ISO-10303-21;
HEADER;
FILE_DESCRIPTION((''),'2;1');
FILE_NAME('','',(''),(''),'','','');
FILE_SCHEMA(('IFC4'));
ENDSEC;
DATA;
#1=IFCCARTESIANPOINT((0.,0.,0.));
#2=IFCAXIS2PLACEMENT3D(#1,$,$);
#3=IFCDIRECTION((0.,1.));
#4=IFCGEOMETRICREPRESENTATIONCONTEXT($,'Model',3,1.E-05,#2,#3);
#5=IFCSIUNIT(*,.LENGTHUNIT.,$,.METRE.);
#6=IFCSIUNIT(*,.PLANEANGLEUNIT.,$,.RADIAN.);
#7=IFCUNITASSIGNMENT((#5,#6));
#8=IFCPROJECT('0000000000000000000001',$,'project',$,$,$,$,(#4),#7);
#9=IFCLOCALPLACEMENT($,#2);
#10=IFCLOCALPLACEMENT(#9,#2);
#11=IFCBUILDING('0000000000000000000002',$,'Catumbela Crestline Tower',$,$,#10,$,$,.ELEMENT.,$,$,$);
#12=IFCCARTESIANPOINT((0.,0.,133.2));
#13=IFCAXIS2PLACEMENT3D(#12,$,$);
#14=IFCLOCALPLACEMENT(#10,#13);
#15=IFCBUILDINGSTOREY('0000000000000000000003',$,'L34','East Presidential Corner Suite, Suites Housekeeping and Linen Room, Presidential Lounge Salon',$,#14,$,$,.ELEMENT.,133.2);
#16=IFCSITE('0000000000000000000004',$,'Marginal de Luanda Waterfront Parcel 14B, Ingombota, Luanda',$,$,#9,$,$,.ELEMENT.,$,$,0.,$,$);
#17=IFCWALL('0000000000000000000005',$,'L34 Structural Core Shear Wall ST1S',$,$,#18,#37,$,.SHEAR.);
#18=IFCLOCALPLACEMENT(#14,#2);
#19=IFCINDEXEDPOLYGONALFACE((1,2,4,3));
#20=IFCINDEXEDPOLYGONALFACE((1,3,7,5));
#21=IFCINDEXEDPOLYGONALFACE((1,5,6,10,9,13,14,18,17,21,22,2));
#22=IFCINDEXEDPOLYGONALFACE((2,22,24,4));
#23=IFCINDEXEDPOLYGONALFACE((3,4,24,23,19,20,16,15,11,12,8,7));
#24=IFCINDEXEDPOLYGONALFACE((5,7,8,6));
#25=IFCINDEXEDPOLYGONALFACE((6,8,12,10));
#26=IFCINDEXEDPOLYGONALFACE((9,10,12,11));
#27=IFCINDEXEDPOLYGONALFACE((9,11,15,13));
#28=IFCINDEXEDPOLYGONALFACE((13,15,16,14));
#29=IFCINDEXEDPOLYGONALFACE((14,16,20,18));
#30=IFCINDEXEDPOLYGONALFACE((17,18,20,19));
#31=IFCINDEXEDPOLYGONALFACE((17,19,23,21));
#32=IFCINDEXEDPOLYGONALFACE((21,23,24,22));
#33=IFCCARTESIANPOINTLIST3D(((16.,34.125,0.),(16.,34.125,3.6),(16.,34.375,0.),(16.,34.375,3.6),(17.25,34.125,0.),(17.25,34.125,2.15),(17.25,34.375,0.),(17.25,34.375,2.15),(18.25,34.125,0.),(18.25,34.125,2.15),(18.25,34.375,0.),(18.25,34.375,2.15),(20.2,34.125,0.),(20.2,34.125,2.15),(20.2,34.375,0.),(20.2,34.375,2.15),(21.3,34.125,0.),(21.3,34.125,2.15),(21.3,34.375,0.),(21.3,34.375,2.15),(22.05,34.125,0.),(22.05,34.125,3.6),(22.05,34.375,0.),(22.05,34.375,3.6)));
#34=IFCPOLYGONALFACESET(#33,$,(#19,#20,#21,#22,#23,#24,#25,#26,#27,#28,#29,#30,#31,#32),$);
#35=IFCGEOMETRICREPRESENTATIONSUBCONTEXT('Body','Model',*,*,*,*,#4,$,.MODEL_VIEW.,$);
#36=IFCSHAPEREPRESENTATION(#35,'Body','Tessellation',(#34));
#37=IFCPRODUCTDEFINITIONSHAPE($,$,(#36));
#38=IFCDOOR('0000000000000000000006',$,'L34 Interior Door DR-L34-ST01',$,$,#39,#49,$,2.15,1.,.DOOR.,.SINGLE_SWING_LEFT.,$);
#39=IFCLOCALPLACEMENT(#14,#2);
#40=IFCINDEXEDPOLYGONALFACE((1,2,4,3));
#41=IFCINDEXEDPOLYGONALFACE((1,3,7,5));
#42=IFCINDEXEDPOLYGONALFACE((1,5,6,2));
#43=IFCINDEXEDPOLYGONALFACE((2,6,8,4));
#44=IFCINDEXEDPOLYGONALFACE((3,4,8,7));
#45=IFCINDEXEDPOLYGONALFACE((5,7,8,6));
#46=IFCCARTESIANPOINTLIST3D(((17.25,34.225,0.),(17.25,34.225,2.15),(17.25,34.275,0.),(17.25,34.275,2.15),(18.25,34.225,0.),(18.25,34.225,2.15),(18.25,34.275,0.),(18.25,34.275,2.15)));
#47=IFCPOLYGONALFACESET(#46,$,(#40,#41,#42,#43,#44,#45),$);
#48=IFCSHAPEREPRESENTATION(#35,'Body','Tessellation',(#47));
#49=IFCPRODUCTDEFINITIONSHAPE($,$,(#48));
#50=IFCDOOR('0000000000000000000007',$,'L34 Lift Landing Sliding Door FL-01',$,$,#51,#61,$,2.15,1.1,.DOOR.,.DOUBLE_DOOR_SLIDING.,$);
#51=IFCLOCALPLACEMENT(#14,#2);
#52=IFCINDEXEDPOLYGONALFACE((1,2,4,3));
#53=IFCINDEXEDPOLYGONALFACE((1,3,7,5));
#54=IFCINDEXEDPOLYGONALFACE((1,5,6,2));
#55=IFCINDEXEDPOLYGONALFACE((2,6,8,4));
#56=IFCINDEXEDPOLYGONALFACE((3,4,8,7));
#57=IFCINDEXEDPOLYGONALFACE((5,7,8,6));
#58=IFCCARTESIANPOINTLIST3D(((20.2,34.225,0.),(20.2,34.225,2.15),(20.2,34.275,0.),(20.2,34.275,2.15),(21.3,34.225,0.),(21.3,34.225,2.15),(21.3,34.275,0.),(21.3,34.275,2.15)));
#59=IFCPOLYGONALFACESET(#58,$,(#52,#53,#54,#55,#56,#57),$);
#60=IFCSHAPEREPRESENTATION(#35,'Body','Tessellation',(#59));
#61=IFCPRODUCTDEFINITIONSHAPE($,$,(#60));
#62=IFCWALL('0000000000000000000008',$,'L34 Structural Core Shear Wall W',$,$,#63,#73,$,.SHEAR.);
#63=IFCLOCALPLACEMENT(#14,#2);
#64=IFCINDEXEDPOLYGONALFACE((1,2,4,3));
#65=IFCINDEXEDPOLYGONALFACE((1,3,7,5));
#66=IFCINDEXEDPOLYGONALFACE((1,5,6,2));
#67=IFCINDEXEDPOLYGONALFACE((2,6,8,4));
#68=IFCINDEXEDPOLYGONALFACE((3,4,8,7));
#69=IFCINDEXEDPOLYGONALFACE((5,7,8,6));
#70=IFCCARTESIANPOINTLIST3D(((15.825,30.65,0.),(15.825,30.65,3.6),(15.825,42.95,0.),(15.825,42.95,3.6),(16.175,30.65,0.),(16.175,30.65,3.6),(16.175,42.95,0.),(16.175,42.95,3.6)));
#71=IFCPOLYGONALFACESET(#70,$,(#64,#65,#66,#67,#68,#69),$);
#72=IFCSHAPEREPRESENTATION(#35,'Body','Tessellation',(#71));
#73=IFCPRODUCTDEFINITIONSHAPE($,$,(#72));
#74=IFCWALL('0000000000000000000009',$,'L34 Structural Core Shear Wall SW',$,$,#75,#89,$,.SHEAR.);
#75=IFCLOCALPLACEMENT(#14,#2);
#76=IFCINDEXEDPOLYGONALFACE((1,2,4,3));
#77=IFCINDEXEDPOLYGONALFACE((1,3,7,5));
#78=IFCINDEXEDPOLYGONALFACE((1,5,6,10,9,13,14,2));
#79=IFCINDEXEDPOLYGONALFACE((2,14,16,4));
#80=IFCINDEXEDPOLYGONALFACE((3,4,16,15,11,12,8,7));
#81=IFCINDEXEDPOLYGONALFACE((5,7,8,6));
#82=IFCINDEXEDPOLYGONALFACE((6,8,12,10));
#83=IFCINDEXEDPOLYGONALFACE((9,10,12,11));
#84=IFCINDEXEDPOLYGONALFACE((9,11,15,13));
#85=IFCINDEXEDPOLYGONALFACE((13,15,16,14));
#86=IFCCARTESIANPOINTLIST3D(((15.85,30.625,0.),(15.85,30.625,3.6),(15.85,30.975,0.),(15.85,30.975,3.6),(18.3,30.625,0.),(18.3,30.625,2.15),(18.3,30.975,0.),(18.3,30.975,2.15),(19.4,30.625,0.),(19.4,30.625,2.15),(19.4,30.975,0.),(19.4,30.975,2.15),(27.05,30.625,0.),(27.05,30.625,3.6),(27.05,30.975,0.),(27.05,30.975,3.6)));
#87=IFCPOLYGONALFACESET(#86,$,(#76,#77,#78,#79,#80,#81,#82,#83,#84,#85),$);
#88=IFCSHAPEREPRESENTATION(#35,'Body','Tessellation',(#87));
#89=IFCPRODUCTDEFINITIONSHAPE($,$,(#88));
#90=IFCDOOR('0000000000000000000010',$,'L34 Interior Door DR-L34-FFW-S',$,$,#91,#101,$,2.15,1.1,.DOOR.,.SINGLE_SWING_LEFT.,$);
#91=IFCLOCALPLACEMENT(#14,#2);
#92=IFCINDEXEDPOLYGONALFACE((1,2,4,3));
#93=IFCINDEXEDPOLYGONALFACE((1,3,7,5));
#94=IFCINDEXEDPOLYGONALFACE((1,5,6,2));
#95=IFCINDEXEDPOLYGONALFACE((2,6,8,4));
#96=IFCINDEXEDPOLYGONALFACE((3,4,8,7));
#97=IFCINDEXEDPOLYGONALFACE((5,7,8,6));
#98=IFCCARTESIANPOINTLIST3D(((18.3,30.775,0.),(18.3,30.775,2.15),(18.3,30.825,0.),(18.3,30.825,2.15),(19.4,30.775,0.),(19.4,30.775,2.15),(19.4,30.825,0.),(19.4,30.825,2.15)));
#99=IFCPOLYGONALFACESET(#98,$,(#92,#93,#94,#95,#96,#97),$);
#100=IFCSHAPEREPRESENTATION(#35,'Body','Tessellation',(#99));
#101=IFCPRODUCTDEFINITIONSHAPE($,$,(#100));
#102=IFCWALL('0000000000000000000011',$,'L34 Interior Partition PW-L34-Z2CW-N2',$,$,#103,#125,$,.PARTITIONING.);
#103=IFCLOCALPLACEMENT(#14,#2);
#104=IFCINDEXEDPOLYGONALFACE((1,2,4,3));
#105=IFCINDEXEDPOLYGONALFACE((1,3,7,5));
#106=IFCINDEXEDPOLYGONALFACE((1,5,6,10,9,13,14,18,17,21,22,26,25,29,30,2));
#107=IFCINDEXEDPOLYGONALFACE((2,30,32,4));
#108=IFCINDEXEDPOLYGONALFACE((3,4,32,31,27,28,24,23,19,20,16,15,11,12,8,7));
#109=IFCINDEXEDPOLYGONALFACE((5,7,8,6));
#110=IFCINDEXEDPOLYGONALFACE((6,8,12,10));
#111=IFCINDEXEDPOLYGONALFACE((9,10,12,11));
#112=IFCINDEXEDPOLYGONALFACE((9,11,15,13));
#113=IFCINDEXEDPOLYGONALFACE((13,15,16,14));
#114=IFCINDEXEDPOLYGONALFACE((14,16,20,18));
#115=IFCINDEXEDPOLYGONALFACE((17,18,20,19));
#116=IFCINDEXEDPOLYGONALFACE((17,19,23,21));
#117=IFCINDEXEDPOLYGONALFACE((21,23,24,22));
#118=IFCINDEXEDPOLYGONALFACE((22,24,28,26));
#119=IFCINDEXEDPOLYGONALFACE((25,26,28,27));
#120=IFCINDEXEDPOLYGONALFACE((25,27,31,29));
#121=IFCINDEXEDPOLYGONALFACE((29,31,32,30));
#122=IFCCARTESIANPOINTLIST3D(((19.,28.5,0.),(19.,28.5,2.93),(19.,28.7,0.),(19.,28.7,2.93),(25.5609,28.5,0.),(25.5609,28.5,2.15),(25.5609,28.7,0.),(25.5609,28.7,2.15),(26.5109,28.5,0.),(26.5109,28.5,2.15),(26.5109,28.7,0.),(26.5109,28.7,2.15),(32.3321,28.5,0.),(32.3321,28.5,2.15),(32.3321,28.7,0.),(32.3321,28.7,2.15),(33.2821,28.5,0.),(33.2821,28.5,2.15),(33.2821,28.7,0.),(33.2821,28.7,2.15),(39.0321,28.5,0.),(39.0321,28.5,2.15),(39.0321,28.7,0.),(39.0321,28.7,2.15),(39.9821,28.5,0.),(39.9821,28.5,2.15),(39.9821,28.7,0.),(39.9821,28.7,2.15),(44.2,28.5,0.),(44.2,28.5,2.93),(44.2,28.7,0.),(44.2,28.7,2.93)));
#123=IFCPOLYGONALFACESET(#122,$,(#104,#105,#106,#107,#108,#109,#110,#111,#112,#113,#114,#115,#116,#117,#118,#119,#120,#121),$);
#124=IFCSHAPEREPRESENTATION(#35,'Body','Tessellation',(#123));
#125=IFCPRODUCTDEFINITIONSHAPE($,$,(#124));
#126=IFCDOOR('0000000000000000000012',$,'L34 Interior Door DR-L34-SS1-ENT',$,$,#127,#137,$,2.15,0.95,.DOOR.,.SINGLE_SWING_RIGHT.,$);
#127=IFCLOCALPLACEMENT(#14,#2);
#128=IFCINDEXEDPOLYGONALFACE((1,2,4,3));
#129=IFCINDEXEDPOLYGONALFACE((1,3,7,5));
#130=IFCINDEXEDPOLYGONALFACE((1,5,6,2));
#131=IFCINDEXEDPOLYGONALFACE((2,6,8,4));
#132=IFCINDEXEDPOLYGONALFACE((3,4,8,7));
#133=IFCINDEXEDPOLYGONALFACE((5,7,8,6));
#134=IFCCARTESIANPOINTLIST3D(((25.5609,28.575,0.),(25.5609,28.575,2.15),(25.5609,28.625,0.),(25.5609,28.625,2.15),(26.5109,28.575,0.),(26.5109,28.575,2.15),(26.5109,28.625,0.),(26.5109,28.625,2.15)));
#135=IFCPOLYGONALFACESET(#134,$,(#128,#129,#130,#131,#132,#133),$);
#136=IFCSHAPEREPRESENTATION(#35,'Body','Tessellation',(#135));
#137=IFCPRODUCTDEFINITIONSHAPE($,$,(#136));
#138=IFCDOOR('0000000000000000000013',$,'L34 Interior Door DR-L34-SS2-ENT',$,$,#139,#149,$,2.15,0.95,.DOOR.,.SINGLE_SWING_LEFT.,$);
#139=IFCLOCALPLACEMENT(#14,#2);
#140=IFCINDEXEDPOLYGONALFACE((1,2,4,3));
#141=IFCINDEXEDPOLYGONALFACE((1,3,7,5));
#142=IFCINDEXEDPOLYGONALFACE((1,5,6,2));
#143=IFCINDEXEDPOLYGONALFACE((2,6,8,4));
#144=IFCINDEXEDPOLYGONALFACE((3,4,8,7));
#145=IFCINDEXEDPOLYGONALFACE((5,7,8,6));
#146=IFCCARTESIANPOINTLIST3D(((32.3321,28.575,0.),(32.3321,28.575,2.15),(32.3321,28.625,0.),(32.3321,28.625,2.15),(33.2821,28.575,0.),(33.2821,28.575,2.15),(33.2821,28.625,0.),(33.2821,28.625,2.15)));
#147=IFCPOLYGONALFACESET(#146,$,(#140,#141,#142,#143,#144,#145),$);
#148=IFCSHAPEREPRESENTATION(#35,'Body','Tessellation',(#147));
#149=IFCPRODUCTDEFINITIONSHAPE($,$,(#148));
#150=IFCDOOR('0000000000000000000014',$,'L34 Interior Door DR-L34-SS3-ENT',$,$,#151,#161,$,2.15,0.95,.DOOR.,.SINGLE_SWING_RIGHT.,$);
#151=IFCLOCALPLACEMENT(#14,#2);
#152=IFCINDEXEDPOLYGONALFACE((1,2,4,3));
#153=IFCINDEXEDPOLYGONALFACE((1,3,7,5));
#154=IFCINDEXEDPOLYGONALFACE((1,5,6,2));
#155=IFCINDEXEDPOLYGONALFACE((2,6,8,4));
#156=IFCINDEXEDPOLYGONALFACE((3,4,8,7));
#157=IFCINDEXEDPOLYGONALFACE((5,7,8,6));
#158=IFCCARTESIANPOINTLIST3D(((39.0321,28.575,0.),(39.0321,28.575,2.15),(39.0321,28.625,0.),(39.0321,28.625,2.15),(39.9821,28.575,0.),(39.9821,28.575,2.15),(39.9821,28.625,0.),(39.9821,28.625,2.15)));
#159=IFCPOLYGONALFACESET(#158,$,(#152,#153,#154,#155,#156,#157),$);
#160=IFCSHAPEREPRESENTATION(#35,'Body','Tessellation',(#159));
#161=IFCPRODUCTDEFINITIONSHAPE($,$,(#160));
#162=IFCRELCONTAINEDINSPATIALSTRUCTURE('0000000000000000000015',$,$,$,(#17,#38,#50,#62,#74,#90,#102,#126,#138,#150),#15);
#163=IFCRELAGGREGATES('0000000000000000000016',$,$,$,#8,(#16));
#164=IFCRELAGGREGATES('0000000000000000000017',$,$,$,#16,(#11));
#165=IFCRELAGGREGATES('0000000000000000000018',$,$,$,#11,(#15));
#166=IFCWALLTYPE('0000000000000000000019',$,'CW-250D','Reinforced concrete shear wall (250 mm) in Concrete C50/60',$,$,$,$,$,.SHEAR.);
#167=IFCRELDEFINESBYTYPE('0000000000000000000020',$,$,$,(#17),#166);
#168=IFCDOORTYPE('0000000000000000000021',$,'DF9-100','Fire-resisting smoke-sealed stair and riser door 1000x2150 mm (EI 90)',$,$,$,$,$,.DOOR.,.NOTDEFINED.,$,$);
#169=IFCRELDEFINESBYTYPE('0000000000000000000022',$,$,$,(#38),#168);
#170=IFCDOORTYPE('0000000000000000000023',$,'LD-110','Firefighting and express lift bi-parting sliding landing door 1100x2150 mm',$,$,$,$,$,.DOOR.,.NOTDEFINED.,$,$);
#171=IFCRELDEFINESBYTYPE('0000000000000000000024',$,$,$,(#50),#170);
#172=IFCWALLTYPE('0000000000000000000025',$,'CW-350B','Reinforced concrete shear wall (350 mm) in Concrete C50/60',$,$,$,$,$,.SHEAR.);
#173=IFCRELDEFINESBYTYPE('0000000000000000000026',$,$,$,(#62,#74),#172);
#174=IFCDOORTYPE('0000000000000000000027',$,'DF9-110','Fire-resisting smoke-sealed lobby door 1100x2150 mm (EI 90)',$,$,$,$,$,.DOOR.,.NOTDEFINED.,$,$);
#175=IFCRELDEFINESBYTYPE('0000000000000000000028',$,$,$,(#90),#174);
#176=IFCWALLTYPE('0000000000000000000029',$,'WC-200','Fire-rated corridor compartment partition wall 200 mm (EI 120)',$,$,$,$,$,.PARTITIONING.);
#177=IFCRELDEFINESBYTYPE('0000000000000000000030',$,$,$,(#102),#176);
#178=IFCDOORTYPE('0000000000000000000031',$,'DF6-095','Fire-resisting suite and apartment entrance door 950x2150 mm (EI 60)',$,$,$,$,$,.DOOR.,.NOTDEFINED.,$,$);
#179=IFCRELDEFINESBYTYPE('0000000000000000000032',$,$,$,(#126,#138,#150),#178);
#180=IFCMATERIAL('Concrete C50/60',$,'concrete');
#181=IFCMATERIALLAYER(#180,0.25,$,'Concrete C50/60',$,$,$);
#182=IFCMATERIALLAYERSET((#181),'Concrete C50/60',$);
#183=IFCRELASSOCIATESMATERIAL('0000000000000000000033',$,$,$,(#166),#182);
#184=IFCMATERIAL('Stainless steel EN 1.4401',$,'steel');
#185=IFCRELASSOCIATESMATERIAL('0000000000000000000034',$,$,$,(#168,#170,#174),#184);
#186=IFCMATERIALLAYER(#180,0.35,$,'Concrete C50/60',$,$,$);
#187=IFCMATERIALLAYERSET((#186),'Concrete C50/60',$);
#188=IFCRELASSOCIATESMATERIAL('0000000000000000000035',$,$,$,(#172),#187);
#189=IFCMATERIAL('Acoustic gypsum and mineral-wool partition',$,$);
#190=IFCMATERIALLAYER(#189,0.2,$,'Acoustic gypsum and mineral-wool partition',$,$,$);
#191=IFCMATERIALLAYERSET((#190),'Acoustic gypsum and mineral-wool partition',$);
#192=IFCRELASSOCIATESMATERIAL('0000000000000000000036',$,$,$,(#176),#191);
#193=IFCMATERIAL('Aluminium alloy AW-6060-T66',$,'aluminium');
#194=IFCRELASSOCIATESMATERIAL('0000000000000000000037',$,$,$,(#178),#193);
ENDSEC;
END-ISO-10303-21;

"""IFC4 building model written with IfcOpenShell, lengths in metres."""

from ifc_helpers import new_model, si_unit, direction, frame, frame_2d, origin, place, context, subcontext, project, spatial, rectangle, extrude, material, layer, layer_set, type_object, element, fill, save


model = new_model("IFC4")

# Units and contexts
model_context = context("Model", 3, precision=1e-05, world=origin(), true_north=direction((0.0, 1.0)))
body_context = subcontext(model_context, "Body", "Model", "MODEL_VIEW")
ifc_project = project(units=[si_unit("LENGTHUNIT", "METRE"), si_unit("PLANEANGLEUNIT", "RADIAN")], contexts=[model_context])

# Site, building, storey
site_placement = place(None, origin())
site = spatial("IfcSite", under=ifc_project, at=site_placement, Name="Marginal de Luanda Waterfront Parcel 14B, Ingombota, Luanda", CompositionType="ELEMENT", RefElevation=0.0)
building_placement = place(site_placement, origin())
building = spatial("IfcBuilding", under=site, at=building_placement, Name="Catumbela Crestline Tower", CompositionType="ELEMENT")
storey_placement = place(building_placement, frame((0.0, 0.0, 133.2)))
storey = spatial("IfcBuildingStorey", under=building, at=storey_placement, Name="L34", Description="East Presidential Corner Suite, Suites Housekeeping and Linen Room, Presidential Lounge Salon", CompositionType="ELEMENT", Elevation=133.2)

# Shared definitions
ifc_material_1 = material(Name="Concrete C50/60", Category="concrete")

# Wall, openings, doors
ifc_layer_1 = layer(ifc_material_1, 0.25, Name="Concrete C50/60")
ifc_layer_set_1 = layer_set([ifc_layer_1], Name="Concrete C50/60")
wall_type_1 = type_object("IfcWallType", Name="CW-250D", Description="Reinforced concrete shear wall (250 mm) in Concrete C50/60", PredefinedType="SHEAR", material=ifc_layer_set_1)
wall_1_placement = place(storey_placement, frame((16.0, 34.25, 0.0), z_axis=(0.0, 0.0, 1.0), x_axis=(1.0, 0.0, 0.0)))
wall_1 = element("IfcWall", 1, at=wall_1_placement, inside=storey, type_object=wall_type_1, Name="L34 Structural Core Shear Wall ST1S", PredefinedType="SHEAR", context=body_context, shape_type="SweptSolid", body=[
    extrude(rectangle(XDim=6.05, YDim=0.25, at=frame_2d((3.025, 0.0))), origin(), (0.0, 0.0, 1.0), 3.6),
])
opening_1_placement = place(wall_1_placement, frame((1.25, 0.0, 0.0)))
opening_1 = element("IfcOpeningElement", 2, at=opening_1_placement, cuts=wall_1, PredefinedType="OPENING", context=body_context, shape_type="SweptSolid", body=[
    extrude(rectangle(XDim=1.0, YDim=2.15, at=frame_2d((0.5, 1.075))), frame((0.0, 0.135, 0.0), z_axis=(0.0, -1.0, 0.0), x_axis=(1.0, 0.0, 0.0)), (0.0, 0.0, 1.0), 0.27),
])
opening_2_placement = place(wall_1_placement, frame((4.2, 0.0, 0.0)))
opening_2 = element("IfcOpeningElement", 3, at=opening_2_placement, cuts=wall_1, PredefinedType="OPENING", context=body_context, shape_type="SweptSolid", body=[
    extrude(rectangle(XDim=1.1, YDim=2.15, at=frame_2d((0.55, 1.075))), frame((0.0, 0.135, 0.0), z_axis=(0.0, -1.0, 0.0), x_axis=(1.0, 0.0, 0.0)), (0.0, 0.0, 1.0), 0.27),
])
ifc_material_2 = material(Name="Stainless steel EN 1.4401", Category="steel")
door_type_1 = type_object("IfcDoorType", Name="DF9-100", Description="Fire-resisting smoke-sealed stair and riser door 1000x2150 mm (EI 90)", OperationType="NOTDEFINED", PredefinedType="DOOR", material=ifc_material_2)
door_1_placement = place(opening_1_placement, origin())
door_1 = element("IfcDoor", 4, at=door_1_placement, inside=storey, type_object=door_type_1, Name="L34 Interior Door DR-L34-ST01", OperationType="SINGLE_SWING_LEFT", OverallHeight=2.15, OverallWidth=1.0, PredefinedType="DOOR", context=body_context, shape_type="SweptSolid", body=[
    extrude(rectangle(XDim=1.0, YDim=2.15, at=frame_2d((0.5, 1.075))), frame((0.0, 0.025, 0.0), z_axis=(0.0, -1.0, 0.0), x_axis=(1.0, 0.0, 0.0)), (0.0, 0.0, 1.0), 0.05),
])
fill(opening_1, door_1)
door_type_2 = type_object("IfcDoorType", Name="LD-110", Description="Firefighting and express lift bi-parting sliding landing door 1100x2150 mm", OperationType="NOTDEFINED", PredefinedType="DOOR", material=ifc_material_2)
door_2_placement = place(opening_2_placement, origin())
door_2 = element("IfcDoor", 5, at=door_2_placement, inside=storey, type_object=door_type_2, Name="L34 Lift Landing Sliding Door FL-01", OperationType="DOUBLE_DOOR_SLIDING", OverallHeight=2.15, OverallWidth=1.1, PredefinedType="DOOR", context=body_context, shape_type="SweptSolid", body=[
    extrude(rectangle(XDim=1.1, YDim=2.15, at=frame_2d((0.55, 1.075))), frame((0.0, 0.025, 0.0), z_axis=(0.0, -1.0, 0.0), x_axis=(1.0, 0.0, 0.0)), (0.0, 0.0, 1.0), 0.05),
])
fill(opening_2, door_2)

# Wall
ifc_layer_2 = layer(ifc_material_1, 0.35, Name="Concrete C50/60")
ifc_layer_set_2 = layer_set([ifc_layer_2], Name="Concrete C50/60")
wall_type_2 = type_object("IfcWallType", Name="CW-350B", Description="Reinforced concrete shear wall (350 mm) in Concrete C50/60", PredefinedType="SHEAR", material=ifc_layer_set_2)
wall_2_placement = place(storey_placement, frame((16.0, 30.65, 0.0), z_axis=(0.0, 0.0, 1.0), x_axis=(0.0, 1.0, 0.0)))
element("IfcWall", 6, at=wall_2_placement, inside=storey, type_object=wall_type_2, Name="L34 Structural Core Shear Wall W", PredefinedType="SHEAR", context=body_context, shape_type="SweptSolid", body=[
    extrude(rectangle(XDim=12.3, YDim=0.35, at=frame_2d((6.15, 0.0))), origin(), (0.0, 0.0, 1.0), 3.6),
])

# Wall, opening, door
wall_3_placement = place(storey_placement, frame((15.85, 30.8, 0.0), z_axis=(0.0, 0.0, 1.0), x_axis=(1.0, 0.0, 0.0)))
wall_3 = element("IfcWall", 7, at=wall_3_placement, inside=storey, type_object=wall_type_2, Name="L34 Structural Core Shear Wall SW", PredefinedType="SHEAR", context=body_context, shape_type="SweptSolid", body=[
    extrude(rectangle(XDim=11.2, YDim=0.35, at=frame_2d((5.6, 0.0))), origin(), (0.0, 0.0, 1.0), 3.6),
])
opening_3_placement = place(wall_3_placement, frame((2.45, 0.0, 0.0)))
opening_3 = element("IfcOpeningElement", 8, at=opening_3_placement, cuts=wall_3, PredefinedType="OPENING", context=body_context, shape_type="SweptSolid", body=[
    extrude(rectangle(XDim=1.1, YDim=2.15, at=frame_2d((0.55, 1.075))), frame((0.0, 0.185, 0.0), z_axis=(0.0, -1.0, 0.0), x_axis=(1.0, 0.0, 0.0)), (0.0, 0.0, 1.0), 0.37),
])
door_type_3 = type_object("IfcDoorType", Name="DF9-110", Description="Fire-resisting smoke-sealed lobby door 1100x2150 mm (EI 90)", OperationType="NOTDEFINED", PredefinedType="DOOR", material=ifc_material_2)
door_3_placement = place(opening_3_placement, origin())
door_3 = element("IfcDoor", 9, at=door_3_placement, inside=storey, type_object=door_type_3, Name="L34 Interior Door DR-L34-FFW-S", OperationType="SINGLE_SWING_LEFT", OverallHeight=2.15, OverallWidth=1.1, PredefinedType="DOOR", context=body_context, shape_type="SweptSolid", body=[
    extrude(rectangle(XDim=1.1, YDim=2.15, at=frame_2d((0.55, 1.075))), frame((0.0, 0.025, 0.0), z_axis=(0.0, -1.0, 0.0), x_axis=(1.0, 0.0, 0.0)), (0.0, 0.0, 1.0), 0.05),
])
fill(opening_3, door_3)

# Wall, openings, doors
ifc_material_3 = material(Name="Acoustic gypsum and mineral-wool partition")
ifc_layer_3 = layer(ifc_material_3, 0.2, Name="Acoustic gypsum and mineral-wool partition")
ifc_layer_set_3 = layer_set([ifc_layer_3], Name="Acoustic gypsum and mineral-wool partition")
wall_type_3 = type_object("IfcWallType", Name="WC-200", Description="Fire-rated corridor compartment partition wall 200 mm (EI 120)", PredefinedType="PARTITIONING", material=ifc_layer_set_3)
wall_4_placement = place(storey_placement, frame((19.0, 28.6, 0.0), z_axis=(0.0, 0.0, 1.0), x_axis=(1.0, 0.0, 0.0)))
wall_4 = element("IfcWall", 10, at=wall_4_placement, inside=storey, type_object=wall_type_3, Name="L34 Interior Partition PW-L34-Z2CW-N2", PredefinedType="PARTITIONING", context=body_context, shape_type="SweptSolid", body=[
    extrude(rectangle(XDim=25.2, YDim=0.2, at=frame_2d((12.6, 0.0))), origin(), (0.0, 0.0, 1.0), 2.93),
])
opening_4_placement = place(wall_4_placement, frame((6.5609, 0.0, 0.0)))
opening_4 = element("IfcOpeningElement", 11, at=opening_4_placement, cuts=wall_4, PredefinedType="OPENING", context=body_context, shape_type="SweptSolid", body=[
    extrude(rectangle(XDim=0.95, YDim=2.15, at=frame_2d((0.475, 1.075))), frame((0.0, 0.11, 0.0), z_axis=(0.0, -1.0, 0.0), x_axis=(1.0, 0.0, 0.0)), (0.0, 0.0, 1.0), 0.22),
])
opening_5_placement = place(wall_4_placement, frame((13.3321, 0.0, 0.0)))
opening_5 = element("IfcOpeningElement", 12, at=opening_5_placement, cuts=wall_4, PredefinedType="OPENING", context=body_context, shape_type="SweptSolid", body=[
    extrude(rectangle(XDim=0.95, YDim=2.15, at=frame_2d((0.475, 1.075))), frame((0.0, 0.11, 0.0), z_axis=(0.0, -1.0, 0.0), x_axis=(1.0, 0.0, 0.0)), (0.0, 0.0, 1.0), 0.22),
])
opening_6_placement = place(wall_4_placement, frame((20.0321, 0.0, 0.0)))
opening_6 = element("IfcOpeningElement", 13, at=opening_6_placement, cuts=wall_4, PredefinedType="OPENING", context=body_context, shape_type="SweptSolid", body=[
    extrude(rectangle(XDim=0.95, YDim=2.15, at=frame_2d((0.475, 1.075))), frame((0.0, 0.11, 0.0), z_axis=(0.0, -1.0, 0.0), x_axis=(1.0, 0.0, 0.0)), (0.0, 0.0, 1.0), 0.22),
])
ifc_material_4 = material(Name="Aluminium alloy AW-6060-T66", Category="aluminium")
door_type_4 = type_object("IfcDoorType", Name="DF6-095", Description="Fire-resisting suite and apartment entrance door 950x2150 mm (EI 60)", OperationType="NOTDEFINED", PredefinedType="DOOR", material=ifc_material_4)
door_4_placement = place(opening_4_placement, origin())
door_4 = element("IfcDoor", 14, at=door_4_placement, inside=storey, type_object=door_type_4, Name="L34 Interior Door DR-L34-SS1-ENT", OperationType="SINGLE_SWING_RIGHT", OverallHeight=2.15, OverallWidth=0.95, PredefinedType="DOOR", context=body_context, shape_type="SweptSolid", body=[
    extrude(rectangle(XDim=0.95, YDim=2.15, at=frame_2d((0.475, 1.075))), frame((0.0, 0.025, 0.0), z_axis=(0.0, -1.0, 0.0), x_axis=(1.0, 0.0, 0.0)), (0.0, 0.0, 1.0), 0.05),
])
fill(opening_4, door_4)
door_5_placement = place(opening_5_placement, origin())
door_5 = element("IfcDoor", 15, at=door_5_placement, inside=storey, type_object=door_type_4, Name="L34 Interior Door DR-L34-SS2-ENT", OperationType="SINGLE_SWING_LEFT", OverallHeight=2.15, OverallWidth=0.95, PredefinedType="DOOR", context=body_context, shape_type="SweptSolid", body=[
    extrude(rectangle(XDim=0.95, YDim=2.15, at=frame_2d((0.475, 1.075))), frame((0.0, 0.025, 0.0), z_axis=(0.0, -1.0, 0.0), x_axis=(1.0, 0.0, 0.0)), (0.0, 0.0, 1.0), 0.05),
])
fill(opening_5, door_5)
door_6_placement = place(opening_6_placement, origin())
door_6 = element("IfcDoor", 16, at=door_6_placement, inside=storey, type_object=door_type_4, Name="L34 Interior Door DR-L34-SS3-ENT", OperationType="SINGLE_SWING_RIGHT", OverallHeight=2.15, OverallWidth=0.95, PredefinedType="DOOR", context=body_context, shape_type="SweptSolid", body=[
    extrude(rectangle(XDim=0.95, YDim=2.15, at=frame_2d((0.475, 1.075))), frame((0.0, 0.025, 0.0), z_axis=(0.0, -1.0, 0.0), x_axis=(1.0, 0.0, 0.0)), (0.0, 0.0, 1.0), 0.05),
])
fill(opening_6, door_6)

save(model, "model.ifc")
